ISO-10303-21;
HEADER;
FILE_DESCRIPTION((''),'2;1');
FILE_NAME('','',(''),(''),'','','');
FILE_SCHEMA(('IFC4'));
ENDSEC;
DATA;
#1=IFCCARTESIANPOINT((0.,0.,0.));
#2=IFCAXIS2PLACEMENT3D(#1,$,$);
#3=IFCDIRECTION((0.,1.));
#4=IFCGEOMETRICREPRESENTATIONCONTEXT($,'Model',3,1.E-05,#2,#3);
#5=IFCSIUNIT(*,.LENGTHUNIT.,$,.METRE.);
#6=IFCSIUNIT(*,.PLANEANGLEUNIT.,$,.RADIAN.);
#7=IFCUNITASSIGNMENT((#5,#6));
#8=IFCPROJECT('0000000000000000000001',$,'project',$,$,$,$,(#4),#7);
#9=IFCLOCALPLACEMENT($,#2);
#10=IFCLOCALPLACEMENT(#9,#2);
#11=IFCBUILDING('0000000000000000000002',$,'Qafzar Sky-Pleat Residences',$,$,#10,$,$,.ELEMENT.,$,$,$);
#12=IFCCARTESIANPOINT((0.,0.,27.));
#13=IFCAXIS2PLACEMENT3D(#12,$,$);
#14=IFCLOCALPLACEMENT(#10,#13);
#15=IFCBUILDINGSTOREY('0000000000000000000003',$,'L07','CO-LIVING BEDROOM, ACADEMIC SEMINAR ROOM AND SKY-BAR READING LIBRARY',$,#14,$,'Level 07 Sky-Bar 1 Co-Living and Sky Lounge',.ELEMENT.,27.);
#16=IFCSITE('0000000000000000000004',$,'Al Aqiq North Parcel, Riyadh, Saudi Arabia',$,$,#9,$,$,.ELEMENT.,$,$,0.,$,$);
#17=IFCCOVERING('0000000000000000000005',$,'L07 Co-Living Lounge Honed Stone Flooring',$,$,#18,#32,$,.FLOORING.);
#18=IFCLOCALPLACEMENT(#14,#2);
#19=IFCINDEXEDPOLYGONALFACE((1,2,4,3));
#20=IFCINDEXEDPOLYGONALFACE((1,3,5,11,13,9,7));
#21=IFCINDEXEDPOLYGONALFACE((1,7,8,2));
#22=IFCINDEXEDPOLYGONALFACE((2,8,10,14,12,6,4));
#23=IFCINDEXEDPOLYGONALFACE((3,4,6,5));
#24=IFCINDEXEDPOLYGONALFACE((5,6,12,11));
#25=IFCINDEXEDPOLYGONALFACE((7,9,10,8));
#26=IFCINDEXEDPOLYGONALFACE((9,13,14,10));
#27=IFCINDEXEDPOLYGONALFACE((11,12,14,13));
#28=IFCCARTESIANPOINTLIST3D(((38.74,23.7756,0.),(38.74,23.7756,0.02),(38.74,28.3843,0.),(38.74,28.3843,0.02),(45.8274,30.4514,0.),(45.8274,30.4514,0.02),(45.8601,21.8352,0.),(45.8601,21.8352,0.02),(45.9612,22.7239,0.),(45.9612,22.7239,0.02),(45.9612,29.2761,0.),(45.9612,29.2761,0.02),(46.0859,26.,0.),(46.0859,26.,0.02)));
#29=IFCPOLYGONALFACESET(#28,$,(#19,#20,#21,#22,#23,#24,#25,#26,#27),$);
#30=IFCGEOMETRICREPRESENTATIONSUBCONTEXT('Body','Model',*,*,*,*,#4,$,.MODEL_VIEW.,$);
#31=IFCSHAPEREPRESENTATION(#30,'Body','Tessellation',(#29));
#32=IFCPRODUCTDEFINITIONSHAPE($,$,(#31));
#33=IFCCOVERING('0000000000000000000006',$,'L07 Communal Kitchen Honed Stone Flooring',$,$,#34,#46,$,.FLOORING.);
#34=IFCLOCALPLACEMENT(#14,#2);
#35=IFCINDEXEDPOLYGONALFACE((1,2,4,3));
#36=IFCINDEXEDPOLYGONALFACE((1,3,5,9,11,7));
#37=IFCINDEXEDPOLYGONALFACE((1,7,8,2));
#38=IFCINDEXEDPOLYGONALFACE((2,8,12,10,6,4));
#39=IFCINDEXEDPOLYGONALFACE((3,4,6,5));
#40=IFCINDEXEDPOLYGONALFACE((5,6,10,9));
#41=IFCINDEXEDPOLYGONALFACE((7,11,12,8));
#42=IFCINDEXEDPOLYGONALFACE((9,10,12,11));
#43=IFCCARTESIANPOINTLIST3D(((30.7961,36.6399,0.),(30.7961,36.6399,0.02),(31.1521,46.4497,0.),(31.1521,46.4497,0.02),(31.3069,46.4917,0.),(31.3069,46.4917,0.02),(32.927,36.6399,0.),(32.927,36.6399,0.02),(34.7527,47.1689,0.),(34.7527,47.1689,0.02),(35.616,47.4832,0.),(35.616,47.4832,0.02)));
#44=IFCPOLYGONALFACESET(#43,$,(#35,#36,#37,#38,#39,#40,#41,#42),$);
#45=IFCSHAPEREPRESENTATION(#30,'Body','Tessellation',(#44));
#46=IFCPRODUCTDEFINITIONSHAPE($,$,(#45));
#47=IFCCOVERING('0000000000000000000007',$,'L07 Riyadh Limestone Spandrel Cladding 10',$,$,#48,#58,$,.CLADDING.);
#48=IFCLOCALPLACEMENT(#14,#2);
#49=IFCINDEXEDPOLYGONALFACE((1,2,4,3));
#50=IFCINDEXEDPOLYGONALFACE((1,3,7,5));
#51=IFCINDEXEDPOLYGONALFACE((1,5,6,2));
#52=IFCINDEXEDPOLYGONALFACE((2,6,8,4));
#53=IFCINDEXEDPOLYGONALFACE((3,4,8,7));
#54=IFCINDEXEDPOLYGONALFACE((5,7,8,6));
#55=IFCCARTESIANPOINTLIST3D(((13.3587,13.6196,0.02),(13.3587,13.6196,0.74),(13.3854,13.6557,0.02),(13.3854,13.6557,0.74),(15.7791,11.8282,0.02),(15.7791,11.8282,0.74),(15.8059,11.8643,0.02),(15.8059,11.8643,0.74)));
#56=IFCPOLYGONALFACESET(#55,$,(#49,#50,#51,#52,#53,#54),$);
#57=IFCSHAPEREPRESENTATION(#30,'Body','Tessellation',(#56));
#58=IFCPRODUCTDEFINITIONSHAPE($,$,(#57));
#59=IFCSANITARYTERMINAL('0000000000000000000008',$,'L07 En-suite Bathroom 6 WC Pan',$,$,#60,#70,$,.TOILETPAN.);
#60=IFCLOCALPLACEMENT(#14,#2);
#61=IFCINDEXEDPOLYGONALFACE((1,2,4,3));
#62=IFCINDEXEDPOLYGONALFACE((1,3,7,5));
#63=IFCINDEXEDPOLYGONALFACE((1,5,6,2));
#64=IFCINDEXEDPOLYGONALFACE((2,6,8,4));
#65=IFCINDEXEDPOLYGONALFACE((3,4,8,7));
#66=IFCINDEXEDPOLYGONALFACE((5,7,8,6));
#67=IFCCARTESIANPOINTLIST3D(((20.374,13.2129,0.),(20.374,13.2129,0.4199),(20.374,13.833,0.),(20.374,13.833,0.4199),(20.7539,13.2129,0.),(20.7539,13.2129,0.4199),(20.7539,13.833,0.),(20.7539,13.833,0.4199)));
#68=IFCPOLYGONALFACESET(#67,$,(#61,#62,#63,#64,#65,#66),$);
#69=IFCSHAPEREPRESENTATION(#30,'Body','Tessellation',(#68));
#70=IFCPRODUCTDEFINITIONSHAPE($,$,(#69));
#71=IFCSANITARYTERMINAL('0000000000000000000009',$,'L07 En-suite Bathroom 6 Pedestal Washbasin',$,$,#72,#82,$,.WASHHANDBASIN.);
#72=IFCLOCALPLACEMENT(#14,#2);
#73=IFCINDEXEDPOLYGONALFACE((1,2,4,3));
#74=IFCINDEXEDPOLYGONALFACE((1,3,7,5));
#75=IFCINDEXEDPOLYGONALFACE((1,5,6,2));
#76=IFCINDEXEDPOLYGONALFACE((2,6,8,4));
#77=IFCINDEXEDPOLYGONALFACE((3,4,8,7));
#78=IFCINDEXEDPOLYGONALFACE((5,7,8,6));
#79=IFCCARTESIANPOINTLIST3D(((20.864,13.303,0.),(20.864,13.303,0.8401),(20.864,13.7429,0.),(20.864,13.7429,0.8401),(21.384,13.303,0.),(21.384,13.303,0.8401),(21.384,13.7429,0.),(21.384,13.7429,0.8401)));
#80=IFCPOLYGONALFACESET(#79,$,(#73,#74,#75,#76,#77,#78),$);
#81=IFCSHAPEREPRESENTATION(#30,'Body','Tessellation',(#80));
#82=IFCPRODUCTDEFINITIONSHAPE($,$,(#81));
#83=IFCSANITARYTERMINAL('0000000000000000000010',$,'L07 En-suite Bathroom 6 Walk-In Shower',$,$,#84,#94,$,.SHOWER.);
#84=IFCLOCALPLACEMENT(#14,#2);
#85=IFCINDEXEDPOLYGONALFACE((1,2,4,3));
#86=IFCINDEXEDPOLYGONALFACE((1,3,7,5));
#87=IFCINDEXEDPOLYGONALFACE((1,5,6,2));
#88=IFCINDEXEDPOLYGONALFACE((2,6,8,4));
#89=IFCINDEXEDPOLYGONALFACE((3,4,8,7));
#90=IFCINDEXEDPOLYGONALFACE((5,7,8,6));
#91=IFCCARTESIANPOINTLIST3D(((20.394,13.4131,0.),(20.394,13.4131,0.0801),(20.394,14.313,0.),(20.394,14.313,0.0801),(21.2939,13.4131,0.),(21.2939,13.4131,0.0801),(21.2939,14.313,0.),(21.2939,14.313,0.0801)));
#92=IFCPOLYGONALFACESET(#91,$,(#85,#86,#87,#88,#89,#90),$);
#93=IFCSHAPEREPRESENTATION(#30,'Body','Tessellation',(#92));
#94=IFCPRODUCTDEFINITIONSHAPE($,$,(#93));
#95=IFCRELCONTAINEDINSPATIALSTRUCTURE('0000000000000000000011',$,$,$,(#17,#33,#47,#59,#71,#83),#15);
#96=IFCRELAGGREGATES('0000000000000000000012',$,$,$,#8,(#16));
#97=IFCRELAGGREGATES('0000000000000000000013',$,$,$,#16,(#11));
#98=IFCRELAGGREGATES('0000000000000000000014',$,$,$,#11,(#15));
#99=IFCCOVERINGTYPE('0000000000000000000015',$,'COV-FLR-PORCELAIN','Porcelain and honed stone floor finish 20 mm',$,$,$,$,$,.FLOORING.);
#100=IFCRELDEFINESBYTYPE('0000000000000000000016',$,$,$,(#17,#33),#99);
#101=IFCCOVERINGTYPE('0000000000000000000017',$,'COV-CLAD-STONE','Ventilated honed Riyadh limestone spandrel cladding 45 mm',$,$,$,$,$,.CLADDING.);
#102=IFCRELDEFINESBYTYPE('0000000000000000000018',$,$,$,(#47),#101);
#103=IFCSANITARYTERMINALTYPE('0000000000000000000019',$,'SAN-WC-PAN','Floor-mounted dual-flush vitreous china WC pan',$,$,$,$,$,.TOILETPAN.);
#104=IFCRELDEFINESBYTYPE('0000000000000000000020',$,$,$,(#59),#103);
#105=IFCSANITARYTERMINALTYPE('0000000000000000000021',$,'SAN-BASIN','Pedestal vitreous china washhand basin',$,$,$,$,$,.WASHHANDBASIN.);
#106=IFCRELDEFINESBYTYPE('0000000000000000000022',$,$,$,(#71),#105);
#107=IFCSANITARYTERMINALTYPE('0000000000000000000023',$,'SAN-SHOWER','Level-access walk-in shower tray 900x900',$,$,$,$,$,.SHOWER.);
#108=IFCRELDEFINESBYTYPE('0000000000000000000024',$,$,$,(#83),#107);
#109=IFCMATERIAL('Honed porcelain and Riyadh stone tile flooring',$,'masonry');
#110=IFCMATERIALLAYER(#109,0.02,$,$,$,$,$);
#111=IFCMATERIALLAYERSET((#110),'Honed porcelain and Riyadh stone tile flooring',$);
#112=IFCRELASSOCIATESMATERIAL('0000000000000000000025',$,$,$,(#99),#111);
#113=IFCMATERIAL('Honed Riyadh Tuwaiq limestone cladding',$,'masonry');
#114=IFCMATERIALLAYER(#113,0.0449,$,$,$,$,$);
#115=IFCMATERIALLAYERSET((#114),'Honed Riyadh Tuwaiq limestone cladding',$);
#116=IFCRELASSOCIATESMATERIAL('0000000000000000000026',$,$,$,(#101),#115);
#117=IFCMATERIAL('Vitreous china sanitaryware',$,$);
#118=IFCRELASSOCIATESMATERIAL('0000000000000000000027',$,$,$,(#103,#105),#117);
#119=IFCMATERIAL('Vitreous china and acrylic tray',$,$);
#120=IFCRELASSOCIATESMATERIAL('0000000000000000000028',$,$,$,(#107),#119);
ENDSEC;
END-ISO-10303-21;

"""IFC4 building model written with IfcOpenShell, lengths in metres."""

from ifc_helpers import new_model, si_unit, direction, frame, origin, origin_2d, place, context, subcontext, project, spatial, polyline, rectangle, outline, extrude, source, transform, mapped, material, layer, layer_set, type_object, element, save


model = new_model("IFC4")

# Units and contexts
model_context = context("Model", 3, precision=1e-05, world=origin(), true_north=direction((0.0, 1.0)))
body_context = subcontext(model_context, "Body", "Model", "MODEL_VIEW")
ifc_project = project(units=[si_unit("LENGTHUNIT", "METRE"), si_unit("PLANEANGLEUNIT", "RADIAN")], contexts=[model_context])

# Site, building, storey
site_placement = place(None, origin())
site = spatial("IfcSite", under=ifc_project, at=site_placement, Name="Al Aqiq North Parcel, Riyadh, Saudi Arabia", CompositionType="ELEMENT", RefElevation=0.0)
building_placement = place(site_placement, origin())
building = spatial("IfcBuilding", under=site, at=building_placement, Name="Qafzar Sky-Pleat Residences", CompositionType="ELEMENT")
storey_placement = place(building_placement, frame((0.0, 0.0, 27.0)))
storey = spatial("IfcBuildingStorey", under=building, at=storey_placement, Name="L07", Description="CO-LIVING BEDROOM, ACADEMIC SEMINAR ROOM AND SKY-BAR READING LIBRARY", LongName="Level 07 Sky-Bar 1 Co-Living and Sky Lounge", CompositionType="ELEMENT", Elevation=27.0)

# Coverings
ifc_material_1 = material(Name="Honed porcelain and Riyadh stone tile flooring", Category="masonry")
ifc_layer_1 = layer(ifc_material_1, 0.02)
ifc_layer_set_1 = layer_set([ifc_layer_1], Name="Honed porcelain and Riyadh stone tile flooring")
covering_type_1 = type_object("IfcCoveringType", Name="COV-FLR-PORCELAIN", Description="Porcelain and honed stone floor finish 20 mm", PredefinedType="FLOORING", material=ifc_layer_set_1)
covering_1_placement = place(storey_placement, origin())
element("IfcCovering", 1, at=covering_1_placement, inside=storey, type_object=covering_type_1, Name="L07 Co-Living Lounge Honed Stone Flooring", PredefinedType="FLOORING", context=body_context, shape_type="SweptSolid", body=[
    extrude(outline(polyline([(45.9612, 29.2761), (46.0859, 26.0), (45.9612, 22.7239), (45.8601, 21.8352), (38.74, 23.7756), (38.74, 28.3843), (45.8274, 30.4514), (45.9612, 29.2761)])), origin(), (0.0, 0.0, 1.0), 0.02),
])
covering_2_placement = place(storey_placement, origin())
element("IfcCovering", 2, at=covering_2_placement, inside=storey, type_object=covering_type_1, Name="L07 Communal Kitchen Honed Stone Flooring", PredefinedType="FLOORING", context=body_context, shape_type="SweptSolid", body=[
    extrude(outline(polyline([(34.7527, 47.1689), (35.616, 47.4832), (32.927, 36.6399), (30.7961, 36.6399), (31.1521, 46.4497), (31.3069, 46.4917), (34.7527, 47.1689)])), origin(), (0.0, 0.0, 1.0), 0.02),
])
ifc_material_2 = material(Name="Honed Riyadh Tuwaiq limestone cladding", Category="masonry")
ifc_layer_2 = layer(ifc_material_2, 0.0449)
ifc_layer_set_2 = layer_set([ifc_layer_2], Name="Honed Riyadh Tuwaiq limestone cladding")
covering_type_2 = type_object("IfcCoveringType", Name="COV-CLAD-STONE", Description="Ventilated honed Riyadh limestone spandrel cladding 45 mm", PredefinedType="CLADDING", material=ifc_layer_set_2)
shared_shape_1 = source(origin(), body_context, "Body", "SweptSolid", [
    extrude(rectangle(XDim=3.0112, YDim=0.0449, at=origin_2d()), origin(), (0.0, 0.0, 1.0), 0.72),
])
covering_3_placement = place(storey_placement, frame((14.5823, 12.7419, 0.02), z_axis=(0.0, 0.0, 1.0), x_axis=(0.803807, -0.59489, 0.0)))
element("IfcCovering", 3, at=covering_3_placement, inside=storey, type_object=covering_type_2, Name="L07 Riyadh Limestone Spandrel Cladding 10", PredefinedType="CLADDING", context=body_context, shape_type="MappedRepresentation", body=[
    mapped(shared_shape_1, transform((0.0, 0.0, 0.0), x_axis=(1.0, 0.0, 0.0), y_axis=(0.0, 1.0, 0.0), z_axis=(0.0, 0.0, 1.0), scale=1.0)),
])

# Sanitary terminals
ifc_material_3 = material(Name="Vitreous china sanitaryware")
sanitary_terminal_type_1 = type_object("IfcSanitaryTerminalType", Name="SAN-WC-PAN", Description="Floor-mounted dual-flush vitreous china WC pan", PredefinedType="TOILETPAN", material=ifc_material_3)
shared_shape_2 = source(origin(), body_context, "Body", "SweptSolid", [
    extrude(rectangle(XDim=0.3799, YDim=0.6201, at=origin_2d()), origin(), (0.0, 0.0, 1.0), 0.4199),
])
sanitary_terminal_1_placement = place(storey_placement, frame((20.564, 13.5229, 0.0), z_axis=(0.0, 0.0, 1.0), x_axis=(1.0, 0.0, 0.0)))
element("IfcSanitaryTerminal", 4, at=sanitary_terminal_1_placement, inside=storey, type_object=sanitary_terminal_type_1, Name="L07 En-suite Bathroom 6 WC Pan", PredefinedType="TOILETPAN", context=body_context, shape_type="MappedRepresentation", body=[
    mapped(shared_shape_2, transform((0.0, 0.0, 0.0), x_axis=(1.0, 0.0, 0.0), y_axis=(0.0, 1.0, 0.0), z_axis=(0.0, 0.0, 1.0), scale=1.0)),
])
sanitary_terminal_type_2 = type_object("IfcSanitaryTerminalType", Name="SAN-BASIN", Description="Pedestal vitreous china washhand basin", PredefinedType="WASHHANDBASIN", material=ifc_material_3)
shared_shape_3 = source(origin(), body_context, "Body", "SweptSolid", [
    extrude(rectangle(XDim=0.52, YDim=0.4399, at=origin_2d()), origin(), (0.0, 0.0, 1.0), 0.8401),
])
sanitary_terminal_2_placement = place(storey_placement, frame((21.124, 13.5229, 0.0), z_axis=(0.0, 0.0, 1.0), x_axis=(1.0, 0.0, 0.0)))
element("IfcSanitaryTerminal", 5, at=sanitary_terminal_2_placement, inside=storey, type_object=sanitary_terminal_type_2, Name="L07 En-suite Bathroom 6 Pedestal Washbasin", PredefinedType="WASHHANDBASIN", context=body_context, shape_type="MappedRepresentation", body=[
    mapped(shared_shape_3, transform((0.0, 0.0, 0.0), x_axis=(1.0, 0.0, 0.0), y_axis=(0.0, 1.0, 0.0), z_axis=(0.0, 0.0, 1.0), scale=1.0)),
])
ifc_material_4 = material(Name="Vitreous china and acrylic tray")
sanitary_terminal_type_3 = type_object("IfcSanitaryTerminalType", Name="SAN-SHOWER", Description="Level-access walk-in shower tray 900x900", PredefinedType="SHOWER", material=ifc_material_4)
shared_shape_4 = source(origin(), body_context, "Body", "SweptSolid", [
    extrude(rectangle(XDim=0.8999, YDim=0.8999, at=origin_2d()), origin(), (0.0, 0.0, 1.0), 0.0801),
])
sanitary_terminal_3_placement = place(storey_placement, frame((20.844, 13.863, 0.0), z_axis=(0.0, 0.0, 1.0), x_axis=(1.0, 0.0, 0.0)))
element("IfcSanitaryTerminal", 6, at=sanitary_terminal_3_placement, inside=storey, type_object=sanitary_terminal_type_3, Name="L07 En-suite Bathroom 6 Walk-In Shower", PredefinedType="SHOWER", context=body_context, shape_type="MappedRepresentation", body=[
    mapped(shared_shape_4, transform((0.0, 0.0, 0.0), x_axis=(1.0, 0.0, 0.0), y_axis=(0.0, 1.0, 0.0), z_axis=(0.0, 0.0, 1.0), scale=1.0)),
])

save(model, "model.ifc")
